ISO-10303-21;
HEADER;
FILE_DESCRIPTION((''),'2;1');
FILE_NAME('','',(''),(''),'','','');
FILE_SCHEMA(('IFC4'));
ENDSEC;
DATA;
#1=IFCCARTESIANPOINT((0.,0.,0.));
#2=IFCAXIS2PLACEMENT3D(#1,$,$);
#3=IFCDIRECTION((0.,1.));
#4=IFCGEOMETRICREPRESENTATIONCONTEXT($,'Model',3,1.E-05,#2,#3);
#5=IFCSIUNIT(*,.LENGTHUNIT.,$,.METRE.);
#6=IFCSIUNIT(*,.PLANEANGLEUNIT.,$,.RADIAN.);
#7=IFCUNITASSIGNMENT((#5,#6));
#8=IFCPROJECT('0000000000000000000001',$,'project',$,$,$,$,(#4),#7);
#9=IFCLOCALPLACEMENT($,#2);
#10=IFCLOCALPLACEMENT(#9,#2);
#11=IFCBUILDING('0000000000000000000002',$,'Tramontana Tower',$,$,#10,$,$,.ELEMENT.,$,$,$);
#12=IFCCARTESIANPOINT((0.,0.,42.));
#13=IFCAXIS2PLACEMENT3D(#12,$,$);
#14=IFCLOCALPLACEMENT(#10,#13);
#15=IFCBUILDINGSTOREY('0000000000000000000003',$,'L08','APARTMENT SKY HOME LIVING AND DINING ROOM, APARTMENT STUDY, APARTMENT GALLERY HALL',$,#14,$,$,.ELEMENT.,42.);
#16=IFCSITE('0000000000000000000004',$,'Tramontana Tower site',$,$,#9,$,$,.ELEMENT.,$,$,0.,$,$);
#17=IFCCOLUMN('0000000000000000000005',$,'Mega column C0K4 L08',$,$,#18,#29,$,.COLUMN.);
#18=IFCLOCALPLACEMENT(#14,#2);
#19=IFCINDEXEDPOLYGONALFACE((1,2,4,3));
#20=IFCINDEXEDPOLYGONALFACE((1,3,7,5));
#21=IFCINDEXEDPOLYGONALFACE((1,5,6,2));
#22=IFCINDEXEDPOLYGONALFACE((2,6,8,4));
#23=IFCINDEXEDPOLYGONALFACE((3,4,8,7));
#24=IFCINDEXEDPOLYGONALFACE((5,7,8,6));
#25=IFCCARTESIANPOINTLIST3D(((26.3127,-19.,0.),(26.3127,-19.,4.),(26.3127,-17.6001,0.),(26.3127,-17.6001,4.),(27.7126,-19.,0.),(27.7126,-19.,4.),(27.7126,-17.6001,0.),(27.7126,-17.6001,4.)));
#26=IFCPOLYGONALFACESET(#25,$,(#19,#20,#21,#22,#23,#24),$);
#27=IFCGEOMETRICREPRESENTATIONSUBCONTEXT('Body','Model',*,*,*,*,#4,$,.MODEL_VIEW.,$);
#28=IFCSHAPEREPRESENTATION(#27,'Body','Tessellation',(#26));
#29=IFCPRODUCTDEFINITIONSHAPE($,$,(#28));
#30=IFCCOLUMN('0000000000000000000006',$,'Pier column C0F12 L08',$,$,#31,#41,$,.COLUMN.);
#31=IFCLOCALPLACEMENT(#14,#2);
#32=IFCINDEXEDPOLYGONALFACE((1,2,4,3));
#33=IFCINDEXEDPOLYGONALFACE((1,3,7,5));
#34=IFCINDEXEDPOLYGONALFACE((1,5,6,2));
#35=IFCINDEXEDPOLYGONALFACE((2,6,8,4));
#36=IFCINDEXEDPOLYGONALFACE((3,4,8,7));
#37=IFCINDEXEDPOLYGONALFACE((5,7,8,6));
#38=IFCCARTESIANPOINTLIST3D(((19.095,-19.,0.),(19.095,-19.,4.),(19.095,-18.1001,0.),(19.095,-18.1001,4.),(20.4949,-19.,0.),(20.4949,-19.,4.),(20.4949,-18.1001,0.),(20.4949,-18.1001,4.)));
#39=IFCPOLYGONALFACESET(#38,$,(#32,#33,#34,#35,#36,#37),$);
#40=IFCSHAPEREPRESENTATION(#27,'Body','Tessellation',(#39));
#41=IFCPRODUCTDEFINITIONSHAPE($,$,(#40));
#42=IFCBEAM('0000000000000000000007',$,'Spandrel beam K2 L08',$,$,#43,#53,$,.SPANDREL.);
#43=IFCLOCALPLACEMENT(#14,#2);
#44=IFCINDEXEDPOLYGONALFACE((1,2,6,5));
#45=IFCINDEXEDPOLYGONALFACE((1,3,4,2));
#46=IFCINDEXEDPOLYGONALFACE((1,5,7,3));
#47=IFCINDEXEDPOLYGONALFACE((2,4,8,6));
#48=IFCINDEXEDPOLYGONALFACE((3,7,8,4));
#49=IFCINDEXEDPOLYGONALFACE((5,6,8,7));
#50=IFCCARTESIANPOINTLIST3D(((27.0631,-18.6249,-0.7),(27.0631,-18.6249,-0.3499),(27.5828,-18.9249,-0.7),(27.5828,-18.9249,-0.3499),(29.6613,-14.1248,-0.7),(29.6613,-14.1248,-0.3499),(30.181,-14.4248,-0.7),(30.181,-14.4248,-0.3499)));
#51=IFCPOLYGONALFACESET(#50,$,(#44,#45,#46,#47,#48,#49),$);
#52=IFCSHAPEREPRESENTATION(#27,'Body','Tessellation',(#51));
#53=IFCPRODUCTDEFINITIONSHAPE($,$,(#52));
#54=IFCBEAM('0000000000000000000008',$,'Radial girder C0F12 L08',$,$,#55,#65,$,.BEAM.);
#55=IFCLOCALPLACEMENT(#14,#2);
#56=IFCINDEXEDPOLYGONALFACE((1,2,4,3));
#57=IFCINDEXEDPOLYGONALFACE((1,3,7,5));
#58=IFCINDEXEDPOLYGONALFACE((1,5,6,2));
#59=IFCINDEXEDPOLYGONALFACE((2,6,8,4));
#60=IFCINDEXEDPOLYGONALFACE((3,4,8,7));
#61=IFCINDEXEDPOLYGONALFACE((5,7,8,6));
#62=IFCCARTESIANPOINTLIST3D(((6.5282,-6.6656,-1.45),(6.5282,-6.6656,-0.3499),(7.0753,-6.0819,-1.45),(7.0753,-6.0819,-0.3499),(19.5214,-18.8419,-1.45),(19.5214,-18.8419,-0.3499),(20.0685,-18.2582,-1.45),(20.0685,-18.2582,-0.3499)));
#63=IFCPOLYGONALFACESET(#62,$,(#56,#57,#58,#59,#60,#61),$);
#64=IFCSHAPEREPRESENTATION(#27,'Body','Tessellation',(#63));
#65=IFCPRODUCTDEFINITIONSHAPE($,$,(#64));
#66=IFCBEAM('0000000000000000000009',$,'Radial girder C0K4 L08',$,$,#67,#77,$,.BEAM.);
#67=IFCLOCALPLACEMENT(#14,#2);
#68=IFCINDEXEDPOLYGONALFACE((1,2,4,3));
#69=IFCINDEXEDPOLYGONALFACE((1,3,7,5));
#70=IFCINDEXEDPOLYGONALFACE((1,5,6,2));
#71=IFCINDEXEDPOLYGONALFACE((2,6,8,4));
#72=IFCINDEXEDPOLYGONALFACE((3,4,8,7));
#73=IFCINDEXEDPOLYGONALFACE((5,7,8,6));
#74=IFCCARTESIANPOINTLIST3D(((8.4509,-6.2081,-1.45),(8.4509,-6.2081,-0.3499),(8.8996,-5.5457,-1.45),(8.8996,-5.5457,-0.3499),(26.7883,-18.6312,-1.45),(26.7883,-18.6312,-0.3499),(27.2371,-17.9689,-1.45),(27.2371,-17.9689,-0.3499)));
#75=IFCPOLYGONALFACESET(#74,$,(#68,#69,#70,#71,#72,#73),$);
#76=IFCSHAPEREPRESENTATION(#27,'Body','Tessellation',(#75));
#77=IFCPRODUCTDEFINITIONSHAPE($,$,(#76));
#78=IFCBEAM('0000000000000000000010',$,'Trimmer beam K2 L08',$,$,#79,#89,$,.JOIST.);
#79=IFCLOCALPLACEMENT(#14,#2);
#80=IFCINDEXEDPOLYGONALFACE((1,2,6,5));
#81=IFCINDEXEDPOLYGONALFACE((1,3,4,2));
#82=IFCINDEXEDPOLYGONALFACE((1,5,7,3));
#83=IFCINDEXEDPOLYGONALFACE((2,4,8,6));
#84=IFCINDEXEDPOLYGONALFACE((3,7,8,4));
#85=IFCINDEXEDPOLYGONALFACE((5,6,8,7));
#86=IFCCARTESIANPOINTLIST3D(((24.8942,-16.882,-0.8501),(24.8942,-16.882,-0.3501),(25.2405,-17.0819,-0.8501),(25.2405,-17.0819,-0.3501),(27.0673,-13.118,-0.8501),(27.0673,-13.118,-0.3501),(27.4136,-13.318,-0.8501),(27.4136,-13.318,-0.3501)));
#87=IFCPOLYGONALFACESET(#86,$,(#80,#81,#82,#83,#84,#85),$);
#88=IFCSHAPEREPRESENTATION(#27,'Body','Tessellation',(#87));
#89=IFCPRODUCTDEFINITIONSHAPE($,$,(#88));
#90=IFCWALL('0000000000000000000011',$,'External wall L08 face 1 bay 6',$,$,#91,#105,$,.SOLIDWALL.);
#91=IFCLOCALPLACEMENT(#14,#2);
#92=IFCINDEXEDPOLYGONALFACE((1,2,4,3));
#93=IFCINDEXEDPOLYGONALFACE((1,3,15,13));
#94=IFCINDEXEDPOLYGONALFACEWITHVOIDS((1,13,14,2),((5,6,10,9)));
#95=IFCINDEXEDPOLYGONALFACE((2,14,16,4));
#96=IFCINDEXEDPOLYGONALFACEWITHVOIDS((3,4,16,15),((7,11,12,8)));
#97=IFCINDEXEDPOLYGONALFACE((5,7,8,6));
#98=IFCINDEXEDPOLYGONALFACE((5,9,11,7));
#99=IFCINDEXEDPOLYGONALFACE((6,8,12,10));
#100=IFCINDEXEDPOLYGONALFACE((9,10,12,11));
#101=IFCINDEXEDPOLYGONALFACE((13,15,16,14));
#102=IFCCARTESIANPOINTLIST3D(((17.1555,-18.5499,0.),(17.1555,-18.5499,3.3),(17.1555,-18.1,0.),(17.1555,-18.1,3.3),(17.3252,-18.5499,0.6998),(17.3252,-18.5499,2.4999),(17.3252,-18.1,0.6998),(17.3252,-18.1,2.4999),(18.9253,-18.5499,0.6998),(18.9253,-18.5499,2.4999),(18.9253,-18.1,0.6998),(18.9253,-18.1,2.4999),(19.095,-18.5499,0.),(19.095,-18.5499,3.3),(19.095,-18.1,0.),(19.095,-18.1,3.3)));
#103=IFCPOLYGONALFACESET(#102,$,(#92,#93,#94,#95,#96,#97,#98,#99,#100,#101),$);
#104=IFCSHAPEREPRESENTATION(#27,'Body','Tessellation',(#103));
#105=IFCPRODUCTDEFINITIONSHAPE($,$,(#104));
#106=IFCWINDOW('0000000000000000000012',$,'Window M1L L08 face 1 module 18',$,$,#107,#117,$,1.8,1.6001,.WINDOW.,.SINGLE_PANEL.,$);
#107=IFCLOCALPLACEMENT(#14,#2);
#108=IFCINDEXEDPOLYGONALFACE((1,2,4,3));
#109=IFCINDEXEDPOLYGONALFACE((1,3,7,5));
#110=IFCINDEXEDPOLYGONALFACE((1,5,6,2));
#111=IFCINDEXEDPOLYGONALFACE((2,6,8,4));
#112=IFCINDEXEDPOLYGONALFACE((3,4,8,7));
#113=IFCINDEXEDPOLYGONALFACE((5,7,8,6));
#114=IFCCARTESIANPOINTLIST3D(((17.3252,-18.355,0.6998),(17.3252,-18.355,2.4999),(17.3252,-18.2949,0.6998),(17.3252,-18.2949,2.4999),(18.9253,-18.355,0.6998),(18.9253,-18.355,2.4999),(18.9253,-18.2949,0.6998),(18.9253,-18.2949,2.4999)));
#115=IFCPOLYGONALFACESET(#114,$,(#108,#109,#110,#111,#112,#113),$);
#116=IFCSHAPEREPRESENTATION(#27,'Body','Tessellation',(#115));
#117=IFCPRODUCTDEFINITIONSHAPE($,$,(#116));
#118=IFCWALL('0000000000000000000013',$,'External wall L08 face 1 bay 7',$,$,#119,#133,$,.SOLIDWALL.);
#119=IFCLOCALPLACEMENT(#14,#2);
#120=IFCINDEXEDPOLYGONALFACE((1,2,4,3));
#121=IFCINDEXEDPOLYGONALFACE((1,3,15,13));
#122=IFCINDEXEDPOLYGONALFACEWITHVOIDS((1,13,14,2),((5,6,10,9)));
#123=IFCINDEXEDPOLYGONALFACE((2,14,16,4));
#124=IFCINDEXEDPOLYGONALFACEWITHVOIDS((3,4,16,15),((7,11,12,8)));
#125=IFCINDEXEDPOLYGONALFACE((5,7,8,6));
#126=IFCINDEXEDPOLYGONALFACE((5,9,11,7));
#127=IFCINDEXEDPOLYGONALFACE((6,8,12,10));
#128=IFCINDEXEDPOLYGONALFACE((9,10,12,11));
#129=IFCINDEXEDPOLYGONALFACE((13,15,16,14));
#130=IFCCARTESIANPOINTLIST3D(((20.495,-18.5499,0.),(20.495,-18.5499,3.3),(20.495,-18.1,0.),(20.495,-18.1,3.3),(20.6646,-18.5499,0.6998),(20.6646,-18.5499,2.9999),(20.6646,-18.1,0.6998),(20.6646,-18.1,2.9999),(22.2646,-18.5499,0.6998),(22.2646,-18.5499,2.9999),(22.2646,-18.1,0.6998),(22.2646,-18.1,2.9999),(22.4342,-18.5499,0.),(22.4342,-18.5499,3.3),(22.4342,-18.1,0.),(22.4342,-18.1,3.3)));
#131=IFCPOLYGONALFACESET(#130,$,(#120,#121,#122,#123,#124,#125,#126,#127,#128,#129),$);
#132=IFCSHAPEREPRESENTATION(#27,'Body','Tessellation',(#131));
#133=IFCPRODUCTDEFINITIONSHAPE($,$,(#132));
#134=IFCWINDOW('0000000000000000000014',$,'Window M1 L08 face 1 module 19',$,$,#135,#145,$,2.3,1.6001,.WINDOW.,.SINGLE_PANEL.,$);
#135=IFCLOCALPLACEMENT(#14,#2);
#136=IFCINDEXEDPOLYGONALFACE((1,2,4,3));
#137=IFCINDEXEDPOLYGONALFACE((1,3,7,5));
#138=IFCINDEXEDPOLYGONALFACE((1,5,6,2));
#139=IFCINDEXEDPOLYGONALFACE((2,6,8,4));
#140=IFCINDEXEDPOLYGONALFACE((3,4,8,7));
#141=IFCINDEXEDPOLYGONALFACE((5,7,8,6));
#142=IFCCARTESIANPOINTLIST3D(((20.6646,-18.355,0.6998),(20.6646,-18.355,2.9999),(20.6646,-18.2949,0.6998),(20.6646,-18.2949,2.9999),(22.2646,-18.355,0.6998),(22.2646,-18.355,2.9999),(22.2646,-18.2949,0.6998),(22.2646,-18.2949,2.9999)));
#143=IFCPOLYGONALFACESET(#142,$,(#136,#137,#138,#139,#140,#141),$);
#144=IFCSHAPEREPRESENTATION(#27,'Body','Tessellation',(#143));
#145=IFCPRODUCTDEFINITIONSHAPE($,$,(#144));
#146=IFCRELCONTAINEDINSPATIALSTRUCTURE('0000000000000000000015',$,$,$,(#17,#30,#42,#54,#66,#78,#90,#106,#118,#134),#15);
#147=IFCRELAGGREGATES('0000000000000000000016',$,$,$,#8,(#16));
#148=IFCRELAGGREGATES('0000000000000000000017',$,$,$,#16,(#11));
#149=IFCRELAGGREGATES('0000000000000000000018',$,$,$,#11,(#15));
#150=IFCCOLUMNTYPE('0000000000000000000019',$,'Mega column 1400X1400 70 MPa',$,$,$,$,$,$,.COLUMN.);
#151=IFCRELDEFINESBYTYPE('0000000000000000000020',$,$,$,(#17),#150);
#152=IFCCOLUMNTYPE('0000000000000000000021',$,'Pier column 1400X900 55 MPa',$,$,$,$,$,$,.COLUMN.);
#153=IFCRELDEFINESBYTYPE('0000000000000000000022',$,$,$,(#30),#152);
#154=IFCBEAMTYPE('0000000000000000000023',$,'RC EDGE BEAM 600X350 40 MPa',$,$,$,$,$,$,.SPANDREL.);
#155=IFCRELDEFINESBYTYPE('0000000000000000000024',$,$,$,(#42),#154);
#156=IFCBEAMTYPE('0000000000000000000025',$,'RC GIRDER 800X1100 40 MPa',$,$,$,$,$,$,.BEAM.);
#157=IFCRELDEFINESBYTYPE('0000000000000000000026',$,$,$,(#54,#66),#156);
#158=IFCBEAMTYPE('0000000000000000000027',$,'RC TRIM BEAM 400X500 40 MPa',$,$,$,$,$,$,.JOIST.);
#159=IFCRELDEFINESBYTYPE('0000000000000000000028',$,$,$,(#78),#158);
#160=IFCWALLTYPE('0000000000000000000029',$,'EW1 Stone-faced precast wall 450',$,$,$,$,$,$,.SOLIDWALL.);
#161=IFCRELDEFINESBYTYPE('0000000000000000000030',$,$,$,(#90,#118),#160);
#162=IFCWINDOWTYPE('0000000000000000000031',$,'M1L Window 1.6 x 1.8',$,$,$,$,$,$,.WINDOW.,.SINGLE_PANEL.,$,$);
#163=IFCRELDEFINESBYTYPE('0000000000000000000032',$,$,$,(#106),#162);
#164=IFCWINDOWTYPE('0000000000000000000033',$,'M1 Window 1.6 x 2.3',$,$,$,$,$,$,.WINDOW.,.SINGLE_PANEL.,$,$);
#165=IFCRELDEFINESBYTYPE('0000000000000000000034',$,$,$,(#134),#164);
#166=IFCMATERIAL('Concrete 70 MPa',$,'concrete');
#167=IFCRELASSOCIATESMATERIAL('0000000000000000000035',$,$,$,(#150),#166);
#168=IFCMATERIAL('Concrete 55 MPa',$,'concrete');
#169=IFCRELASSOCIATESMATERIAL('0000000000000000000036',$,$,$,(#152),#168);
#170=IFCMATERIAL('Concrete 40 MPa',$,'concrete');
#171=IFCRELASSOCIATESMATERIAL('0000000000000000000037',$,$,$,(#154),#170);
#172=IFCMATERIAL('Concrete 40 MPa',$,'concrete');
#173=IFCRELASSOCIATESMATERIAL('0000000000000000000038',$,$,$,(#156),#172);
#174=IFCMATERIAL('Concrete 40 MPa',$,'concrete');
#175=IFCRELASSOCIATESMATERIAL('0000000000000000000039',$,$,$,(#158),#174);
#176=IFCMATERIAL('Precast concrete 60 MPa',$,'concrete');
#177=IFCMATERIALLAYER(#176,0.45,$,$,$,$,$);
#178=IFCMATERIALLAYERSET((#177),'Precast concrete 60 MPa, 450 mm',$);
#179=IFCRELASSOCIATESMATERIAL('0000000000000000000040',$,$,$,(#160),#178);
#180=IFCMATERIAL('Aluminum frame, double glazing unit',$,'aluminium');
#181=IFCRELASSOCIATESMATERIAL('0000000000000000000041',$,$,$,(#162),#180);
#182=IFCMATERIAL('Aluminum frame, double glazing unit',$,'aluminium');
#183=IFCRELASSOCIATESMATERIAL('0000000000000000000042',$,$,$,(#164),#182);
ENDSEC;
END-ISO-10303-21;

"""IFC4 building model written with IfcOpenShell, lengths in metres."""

from ifc_helpers import new_model, si_unit, direction, frame, frame_2d, origin, origin_2d, place, context, subcontext, project, spatial, rectangle, extrude, material, layer, layer_set, material_profile, profile_set, type_object, element, fill, save


model = new_model("IFC4")

# Units and contexts
model_context = context("Model", 3, precision=1e-05, world=origin(), true_north=direction((0.0, 1.0)))
body_context = subcontext(model_context, "Body", "Model", "MODEL_VIEW")
ifc_project = project(units=[si_unit("LENGTHUNIT", "METRE"), si_unit("PLANEANGLEUNIT", "RADIAN")], contexts=[model_context])

# Site, building, storey
site_placement = place(None, origin())
site = spatial("IfcSite", under=ifc_project, at=site_placement, Name="Tramontana Tower site", CompositionType="ELEMENT", RefElevation=0.0)
building_placement = place(site_placement, origin())
building = spatial("IfcBuilding", under=site, at=building_placement, Name="Tramontana Tower", CompositionType="ELEMENT")
storey_placement = place(building_placement, frame((0.0, 0.0, 42.0)))
storey = spatial("IfcBuildingStorey", under=building, at=storey_placement, Name="L08", Description="APARTMENT SKY HOME LIVING AND DINING ROOM, APARTMENT STUDY, APARTMENT GALLERY HALL", CompositionType="ELEMENT", Elevation=42.0)

# Columns
ifc_material_1 = material(Name="Concrete 70 MPa", Category="concrete")
ifc_material_profile_1 = material_profile(ifc_material_1, rectangle(XDim=1.3999, YDim=1.3999, at=origin_2d()), Name="Mega column 1400X1400 70 MPa")
ifc_profile_set_1 = profile_set([ifc_material_profile_1], Name="Concrete 70 MPa")
column_type_1 = type_object("IfcColumnType", Name="Mega column 1400X1400 70 MPa", PredefinedType="COLUMN", material=ifc_profile_set_1)
column_1_placement = place(storey_placement, frame((27.0127, -18.3, 0.0), z_axis=(0.0, 0.0, 1.0), x_axis=(1.0, 0.0, 0.0)))
element("IfcColumn", 1, at=column_1_placement, inside=storey, type_object=column_type_1, Name="Mega column C0K4 L08", PredefinedType="COLUMN", context=body_context, shape_type="SweptSolid", body=[
    extrude(rectangle(XDim=1.3999, YDim=1.3999, at=origin_2d()), origin(), (0.0, 0.0, 1.0), 4.0),
])
ifc_material_2 = material(Name="Concrete 55 MPa", Category="concrete")
ifc_material_profile_2 = material_profile(ifc_material_2, rectangle(XDim=1.3999, YDim=0.8999, at=origin_2d()), Name="Pier column 1400X900 55 MPa")
ifc_profile_set_2 = profile_set([ifc_material_profile_2], Name="Concrete 55 MPa")
column_type_2 = type_object("IfcColumnType", Name="Pier column 1400X900 55 MPa", PredefinedType="COLUMN", material=ifc_profile_set_2)
column_2_placement = place(storey_placement, frame((19.7949, -18.55, 0.0), z_axis=(0.0, 0.0, 1.0), x_axis=(1.0, 0.0, 0.0)))
element("IfcColumn", 2, at=column_2_placement, inside=storey, type_object=column_type_2, Name="Pier column C0F12 L08", PredefinedType="COLUMN", context=body_context, shape_type="SweptSolid", body=[
    extrude(rectangle(XDim=1.3999, YDim=0.8999, at=origin_2d()), origin(), (0.0, 0.0, 1.0), 4.0),
])

# Beams
ifc_material_3 = material(Name="Concrete 40 MPa", Category="concrete")
ifc_material_profile_3 = material_profile(ifc_material_3, rectangle(XDim=0.6001, YDim=0.3501, at=origin_2d()), Name="RC EDGE BEAM 600X350 40 MPa")
ifc_profile_set_3 = profile_set([ifc_material_profile_3], Name="Concrete 40 MPa")
beam_type_1 = type_object("IfcBeamType", Name="RC EDGE BEAM 600X350 40 MPa", PredefinedType="SPANDREL", material=ifc_profile_set_3)
beam_1_placement = place(storey_placement, frame((27.323, -18.7749, -0.5249), z_axis=(0.50001, 0.86602, 0.0), x_axis=(-0.86602, 0.50001, 0.0)))
element("IfcBeam", 3, at=beam_1_placement, inside=storey, type_object=beam_type_1, Name="Spandrel beam K2 L08", PredefinedType="SPANDREL", context=body_context, shape_type="SweptSolid", body=[
    extrude(rectangle(XDim=0.6001, YDim=0.3501, at=origin_2d()), origin(), (0.0, 0.0, 1.0), 5.1963),
])
ifc_material_4 = material(Name="Concrete 40 MPa", Category="concrete")
ifc_material_profile_4 = material_profile(ifc_material_4, rectangle(XDim=0.8, YDim=1.1001, at=origin_2d()), Name="RC GIRDER 800X1100 40 MPa")
ifc_profile_set_4 = profile_set([ifc_material_profile_4], Name="Concrete 40 MPa")
beam_type_2 = type_object("IfcBeamType", Name="RC GIRDER 800X1100 40 MPa", PredefinedType="BEAM", material=ifc_profile_set_4)
beam_2_placement = place(storey_placement, frame((19.7949, -18.55, -0.8999), z_axis=(-0.729672, 0.683797, 0.0), x_axis=(-0.683797, -0.729672, 0.0)))
element("IfcBeam", 4, at=beam_2_placement, inside=storey, type_object=beam_type_2, Name="Radial girder C0F12 L08", PredefinedType="BEAM", context=body_context, shape_type="SweptSolid", body=[
    extrude(rectangle(XDim=0.8, YDim=1.1001, at=origin_2d()), origin(), (0.0, 0.0, 1.0), 17.8069),
])
beam_3_placement = place(storey_placement, frame((27.0127, -18.3, -0.8999), z_axis=(-0.827898, 0.560879, 0.0), x_axis=(-0.560879, -0.827898, 0.0)))
element("IfcBeam", 5, at=beam_3_placement, inside=storey, type_object=beam_type_2, Name="Radial girder C0K4 L08", PredefinedType="BEAM", context=body_context, shape_type="SweptSolid", body=[
    extrude(rectangle(XDim=0.8, YDim=1.1001, at=origin_2d()), origin(), (0.0, 0.0, 1.0), 22.1494),
])
ifc_material_5 = material(Name="Concrete 40 MPa", Category="concrete")
ifc_material_profile_5 = material_profile(ifc_material_5, rectangle(XDim=0.3999, YDim=0.5, at=origin_2d()), Name="RC TRIM BEAM 400X500 40 MPa")
ifc_profile_set_5 = profile_set([ifc_material_profile_5], Name="Concrete 40 MPa")
beam_type_3 = type_object("IfcBeamType", Name="RC TRIM BEAM 400X500 40 MPa", PredefinedType="JOIST", material=ifc_profile_set_5)
beam_4_placement = place(storey_placement, frame((25.0674, -16.9819, -0.6001), z_axis=(0.5, 0.866026, 0.0), x_axis=(-0.866026, 0.5, 0.0)))
element("IfcBeam", 6, at=beam_4_placement, inside=storey, type_object=beam_type_3, Name="Trimmer beam K2 L08", PredefinedType="JOIST", context=body_context, shape_type="SweptSolid", body=[
    extrude(rectangle(XDim=0.3999, YDim=0.5, at=origin_2d()), origin(), (0.0, 0.0, 1.0), 4.3462),
])

# Walls, openings, windows
ifc_material_6 = material(Name="Precast concrete 60 MPa", Category="concrete")
ifc_layer_1 = layer(ifc_material_6, 0.45)
ifc_layer_set_1 = layer_set([ifc_layer_1], Name="Precast concrete 60 MPa, 450 mm")
wall_type_1 = type_object("IfcWallType", Name="EW1 Stone-faced precast wall 450", PredefinedType="SOLIDWALL", material=ifc_layer_set_1)
wall_1_placement = place(storey_placement, frame((17.1555, -18.325, 0.0), z_axis=(0.0, 0.0, 1.0), x_axis=(1.0, 0.0, 0.0)))
wall_1 = element("IfcWall", 7, at=wall_1_placement, inside=storey, type_object=wall_type_1, Name="External wall L08 face 1 bay 6", PredefinedType="SOLIDWALL", context=body_context, shape_type="SweptSolid", body=[
    extrude(rectangle(XDim=1.9395, YDim=0.45, at=frame_2d((0.9697, 0.0))), origin(), (0.0, 0.0, 1.0), 3.3),
])
opening_1_placement = place(wall_1_placement, frame((0.1697, 0.0, 0.7)))
opening_1 = element("IfcOpeningElement", 8, at=opening_1_placement, cuts=wall_1, PredefinedType="OPENING", context=body_context, shape_type="SweptSolid", body=[
    extrude(rectangle(XDim=1.6001, YDim=1.8, at=frame_2d((0.8, 0.8999))), frame((0.0, 0.2349, 0.0), z_axis=(0.0, -1.0, 0.0), x_axis=(1.0, 0.0, 0.0)), (0.0, 0.0, 1.0), 0.47),
])
ifc_material_7 = material(Name="Aluminum frame, double glazing unit", Category="aluminium")
window_type_1 = type_object("IfcWindowType", Name="M1L Window 1.6 x 1.8", PartitioningType="SINGLE_PANEL", PredefinedType="WINDOW", material=ifc_material_7)
window_1_placement = place(opening_1_placement, origin())
window_1 = element("IfcWindow", 9, at=window_1_placement, inside=storey, type_object=window_type_1, Name="Window M1L L08 face 1 module 18", OverallHeight=1.8, OverallWidth=1.6001, PartitioningType="SINGLE_PANEL", PredefinedType="WINDOW", context=body_context, shape_type="SweptSolid", body=[
    extrude(rectangle(XDim=1.6001, YDim=1.8, at=frame_2d((0.8, 0.8999))), frame((0.0, 0.03, 0.0), z_axis=(0.0, -1.0, 0.0), x_axis=(1.0, 0.0, 0.0)), (0.0, 0.0, 1.0), 0.0601),
])
fill(opening_1, window_1)
wall_2_placement = place(storey_placement, frame((20.4949, -18.325, 0.0), z_axis=(0.0, 0.0, 1.0), x_axis=(1.0, 0.0, 0.0)))
wall_2 = element("IfcWall", 10, at=wall_2_placement, inside=storey, type_object=wall_type_1, Name="External wall L08 face 1 bay 7", PredefinedType="SOLIDWALL", context=body_context, shape_type="SweptSolid", body=[
    extrude(rectangle(XDim=1.9392, YDim=0.45, at=frame_2d((0.9697, 0.0))), origin(), (0.0, 0.0, 1.0), 3.3),
])
opening_2_placement = place(wall_2_placement, frame((0.1697, 0.0, 0.7)))
opening_2 = element("IfcOpeningElement", 11, at=opening_2_placement, cuts=wall_2, PredefinedType="OPENING", context=body_context, shape_type="SweptSolid", body=[
    extrude(rectangle(XDim=1.6001, YDim=2.3, at=frame_2d((0.8, 1.1499))), frame((0.0, 0.2349, 0.0), z_axis=(0.0, -1.0, 0.0), x_axis=(1.0, 0.0, 0.0)), (0.0, 0.0, 1.0), 0.47),
])
ifc_material_8 = material(Name="Aluminum frame, double glazing unit", Category="aluminium")
window_type_2 = type_object("IfcWindowType", Name="M1 Window 1.6 x 2.3", PartitioningType="SINGLE_PANEL", PredefinedType="WINDOW", material=ifc_material_8)
window_2_placement = place(opening_2_placement, origin())
window_2 = element("IfcWindow", 12, at=window_2_placement, inside=storey, type_object=window_type_2, Name="Window M1 L08 face 1 module 19", OverallHeight=2.3, OverallWidth=1.6001, PartitioningType="SINGLE_PANEL", PredefinedType="WINDOW", context=body_context, shape_type="SweptSolid", body=[
    extrude(rectangle(XDim=1.6001, YDim=2.3, at=frame_2d((0.8, 1.1499))), frame((0.0, 0.03, 0.0), z_axis=(0.0, -1.0, 0.0), x_axis=(1.0, 0.0, 0.0)), (0.0, 0.0, 1.0), 0.0601),
])
fill(opening_2, window_2)

save(model, "model.ifc")
